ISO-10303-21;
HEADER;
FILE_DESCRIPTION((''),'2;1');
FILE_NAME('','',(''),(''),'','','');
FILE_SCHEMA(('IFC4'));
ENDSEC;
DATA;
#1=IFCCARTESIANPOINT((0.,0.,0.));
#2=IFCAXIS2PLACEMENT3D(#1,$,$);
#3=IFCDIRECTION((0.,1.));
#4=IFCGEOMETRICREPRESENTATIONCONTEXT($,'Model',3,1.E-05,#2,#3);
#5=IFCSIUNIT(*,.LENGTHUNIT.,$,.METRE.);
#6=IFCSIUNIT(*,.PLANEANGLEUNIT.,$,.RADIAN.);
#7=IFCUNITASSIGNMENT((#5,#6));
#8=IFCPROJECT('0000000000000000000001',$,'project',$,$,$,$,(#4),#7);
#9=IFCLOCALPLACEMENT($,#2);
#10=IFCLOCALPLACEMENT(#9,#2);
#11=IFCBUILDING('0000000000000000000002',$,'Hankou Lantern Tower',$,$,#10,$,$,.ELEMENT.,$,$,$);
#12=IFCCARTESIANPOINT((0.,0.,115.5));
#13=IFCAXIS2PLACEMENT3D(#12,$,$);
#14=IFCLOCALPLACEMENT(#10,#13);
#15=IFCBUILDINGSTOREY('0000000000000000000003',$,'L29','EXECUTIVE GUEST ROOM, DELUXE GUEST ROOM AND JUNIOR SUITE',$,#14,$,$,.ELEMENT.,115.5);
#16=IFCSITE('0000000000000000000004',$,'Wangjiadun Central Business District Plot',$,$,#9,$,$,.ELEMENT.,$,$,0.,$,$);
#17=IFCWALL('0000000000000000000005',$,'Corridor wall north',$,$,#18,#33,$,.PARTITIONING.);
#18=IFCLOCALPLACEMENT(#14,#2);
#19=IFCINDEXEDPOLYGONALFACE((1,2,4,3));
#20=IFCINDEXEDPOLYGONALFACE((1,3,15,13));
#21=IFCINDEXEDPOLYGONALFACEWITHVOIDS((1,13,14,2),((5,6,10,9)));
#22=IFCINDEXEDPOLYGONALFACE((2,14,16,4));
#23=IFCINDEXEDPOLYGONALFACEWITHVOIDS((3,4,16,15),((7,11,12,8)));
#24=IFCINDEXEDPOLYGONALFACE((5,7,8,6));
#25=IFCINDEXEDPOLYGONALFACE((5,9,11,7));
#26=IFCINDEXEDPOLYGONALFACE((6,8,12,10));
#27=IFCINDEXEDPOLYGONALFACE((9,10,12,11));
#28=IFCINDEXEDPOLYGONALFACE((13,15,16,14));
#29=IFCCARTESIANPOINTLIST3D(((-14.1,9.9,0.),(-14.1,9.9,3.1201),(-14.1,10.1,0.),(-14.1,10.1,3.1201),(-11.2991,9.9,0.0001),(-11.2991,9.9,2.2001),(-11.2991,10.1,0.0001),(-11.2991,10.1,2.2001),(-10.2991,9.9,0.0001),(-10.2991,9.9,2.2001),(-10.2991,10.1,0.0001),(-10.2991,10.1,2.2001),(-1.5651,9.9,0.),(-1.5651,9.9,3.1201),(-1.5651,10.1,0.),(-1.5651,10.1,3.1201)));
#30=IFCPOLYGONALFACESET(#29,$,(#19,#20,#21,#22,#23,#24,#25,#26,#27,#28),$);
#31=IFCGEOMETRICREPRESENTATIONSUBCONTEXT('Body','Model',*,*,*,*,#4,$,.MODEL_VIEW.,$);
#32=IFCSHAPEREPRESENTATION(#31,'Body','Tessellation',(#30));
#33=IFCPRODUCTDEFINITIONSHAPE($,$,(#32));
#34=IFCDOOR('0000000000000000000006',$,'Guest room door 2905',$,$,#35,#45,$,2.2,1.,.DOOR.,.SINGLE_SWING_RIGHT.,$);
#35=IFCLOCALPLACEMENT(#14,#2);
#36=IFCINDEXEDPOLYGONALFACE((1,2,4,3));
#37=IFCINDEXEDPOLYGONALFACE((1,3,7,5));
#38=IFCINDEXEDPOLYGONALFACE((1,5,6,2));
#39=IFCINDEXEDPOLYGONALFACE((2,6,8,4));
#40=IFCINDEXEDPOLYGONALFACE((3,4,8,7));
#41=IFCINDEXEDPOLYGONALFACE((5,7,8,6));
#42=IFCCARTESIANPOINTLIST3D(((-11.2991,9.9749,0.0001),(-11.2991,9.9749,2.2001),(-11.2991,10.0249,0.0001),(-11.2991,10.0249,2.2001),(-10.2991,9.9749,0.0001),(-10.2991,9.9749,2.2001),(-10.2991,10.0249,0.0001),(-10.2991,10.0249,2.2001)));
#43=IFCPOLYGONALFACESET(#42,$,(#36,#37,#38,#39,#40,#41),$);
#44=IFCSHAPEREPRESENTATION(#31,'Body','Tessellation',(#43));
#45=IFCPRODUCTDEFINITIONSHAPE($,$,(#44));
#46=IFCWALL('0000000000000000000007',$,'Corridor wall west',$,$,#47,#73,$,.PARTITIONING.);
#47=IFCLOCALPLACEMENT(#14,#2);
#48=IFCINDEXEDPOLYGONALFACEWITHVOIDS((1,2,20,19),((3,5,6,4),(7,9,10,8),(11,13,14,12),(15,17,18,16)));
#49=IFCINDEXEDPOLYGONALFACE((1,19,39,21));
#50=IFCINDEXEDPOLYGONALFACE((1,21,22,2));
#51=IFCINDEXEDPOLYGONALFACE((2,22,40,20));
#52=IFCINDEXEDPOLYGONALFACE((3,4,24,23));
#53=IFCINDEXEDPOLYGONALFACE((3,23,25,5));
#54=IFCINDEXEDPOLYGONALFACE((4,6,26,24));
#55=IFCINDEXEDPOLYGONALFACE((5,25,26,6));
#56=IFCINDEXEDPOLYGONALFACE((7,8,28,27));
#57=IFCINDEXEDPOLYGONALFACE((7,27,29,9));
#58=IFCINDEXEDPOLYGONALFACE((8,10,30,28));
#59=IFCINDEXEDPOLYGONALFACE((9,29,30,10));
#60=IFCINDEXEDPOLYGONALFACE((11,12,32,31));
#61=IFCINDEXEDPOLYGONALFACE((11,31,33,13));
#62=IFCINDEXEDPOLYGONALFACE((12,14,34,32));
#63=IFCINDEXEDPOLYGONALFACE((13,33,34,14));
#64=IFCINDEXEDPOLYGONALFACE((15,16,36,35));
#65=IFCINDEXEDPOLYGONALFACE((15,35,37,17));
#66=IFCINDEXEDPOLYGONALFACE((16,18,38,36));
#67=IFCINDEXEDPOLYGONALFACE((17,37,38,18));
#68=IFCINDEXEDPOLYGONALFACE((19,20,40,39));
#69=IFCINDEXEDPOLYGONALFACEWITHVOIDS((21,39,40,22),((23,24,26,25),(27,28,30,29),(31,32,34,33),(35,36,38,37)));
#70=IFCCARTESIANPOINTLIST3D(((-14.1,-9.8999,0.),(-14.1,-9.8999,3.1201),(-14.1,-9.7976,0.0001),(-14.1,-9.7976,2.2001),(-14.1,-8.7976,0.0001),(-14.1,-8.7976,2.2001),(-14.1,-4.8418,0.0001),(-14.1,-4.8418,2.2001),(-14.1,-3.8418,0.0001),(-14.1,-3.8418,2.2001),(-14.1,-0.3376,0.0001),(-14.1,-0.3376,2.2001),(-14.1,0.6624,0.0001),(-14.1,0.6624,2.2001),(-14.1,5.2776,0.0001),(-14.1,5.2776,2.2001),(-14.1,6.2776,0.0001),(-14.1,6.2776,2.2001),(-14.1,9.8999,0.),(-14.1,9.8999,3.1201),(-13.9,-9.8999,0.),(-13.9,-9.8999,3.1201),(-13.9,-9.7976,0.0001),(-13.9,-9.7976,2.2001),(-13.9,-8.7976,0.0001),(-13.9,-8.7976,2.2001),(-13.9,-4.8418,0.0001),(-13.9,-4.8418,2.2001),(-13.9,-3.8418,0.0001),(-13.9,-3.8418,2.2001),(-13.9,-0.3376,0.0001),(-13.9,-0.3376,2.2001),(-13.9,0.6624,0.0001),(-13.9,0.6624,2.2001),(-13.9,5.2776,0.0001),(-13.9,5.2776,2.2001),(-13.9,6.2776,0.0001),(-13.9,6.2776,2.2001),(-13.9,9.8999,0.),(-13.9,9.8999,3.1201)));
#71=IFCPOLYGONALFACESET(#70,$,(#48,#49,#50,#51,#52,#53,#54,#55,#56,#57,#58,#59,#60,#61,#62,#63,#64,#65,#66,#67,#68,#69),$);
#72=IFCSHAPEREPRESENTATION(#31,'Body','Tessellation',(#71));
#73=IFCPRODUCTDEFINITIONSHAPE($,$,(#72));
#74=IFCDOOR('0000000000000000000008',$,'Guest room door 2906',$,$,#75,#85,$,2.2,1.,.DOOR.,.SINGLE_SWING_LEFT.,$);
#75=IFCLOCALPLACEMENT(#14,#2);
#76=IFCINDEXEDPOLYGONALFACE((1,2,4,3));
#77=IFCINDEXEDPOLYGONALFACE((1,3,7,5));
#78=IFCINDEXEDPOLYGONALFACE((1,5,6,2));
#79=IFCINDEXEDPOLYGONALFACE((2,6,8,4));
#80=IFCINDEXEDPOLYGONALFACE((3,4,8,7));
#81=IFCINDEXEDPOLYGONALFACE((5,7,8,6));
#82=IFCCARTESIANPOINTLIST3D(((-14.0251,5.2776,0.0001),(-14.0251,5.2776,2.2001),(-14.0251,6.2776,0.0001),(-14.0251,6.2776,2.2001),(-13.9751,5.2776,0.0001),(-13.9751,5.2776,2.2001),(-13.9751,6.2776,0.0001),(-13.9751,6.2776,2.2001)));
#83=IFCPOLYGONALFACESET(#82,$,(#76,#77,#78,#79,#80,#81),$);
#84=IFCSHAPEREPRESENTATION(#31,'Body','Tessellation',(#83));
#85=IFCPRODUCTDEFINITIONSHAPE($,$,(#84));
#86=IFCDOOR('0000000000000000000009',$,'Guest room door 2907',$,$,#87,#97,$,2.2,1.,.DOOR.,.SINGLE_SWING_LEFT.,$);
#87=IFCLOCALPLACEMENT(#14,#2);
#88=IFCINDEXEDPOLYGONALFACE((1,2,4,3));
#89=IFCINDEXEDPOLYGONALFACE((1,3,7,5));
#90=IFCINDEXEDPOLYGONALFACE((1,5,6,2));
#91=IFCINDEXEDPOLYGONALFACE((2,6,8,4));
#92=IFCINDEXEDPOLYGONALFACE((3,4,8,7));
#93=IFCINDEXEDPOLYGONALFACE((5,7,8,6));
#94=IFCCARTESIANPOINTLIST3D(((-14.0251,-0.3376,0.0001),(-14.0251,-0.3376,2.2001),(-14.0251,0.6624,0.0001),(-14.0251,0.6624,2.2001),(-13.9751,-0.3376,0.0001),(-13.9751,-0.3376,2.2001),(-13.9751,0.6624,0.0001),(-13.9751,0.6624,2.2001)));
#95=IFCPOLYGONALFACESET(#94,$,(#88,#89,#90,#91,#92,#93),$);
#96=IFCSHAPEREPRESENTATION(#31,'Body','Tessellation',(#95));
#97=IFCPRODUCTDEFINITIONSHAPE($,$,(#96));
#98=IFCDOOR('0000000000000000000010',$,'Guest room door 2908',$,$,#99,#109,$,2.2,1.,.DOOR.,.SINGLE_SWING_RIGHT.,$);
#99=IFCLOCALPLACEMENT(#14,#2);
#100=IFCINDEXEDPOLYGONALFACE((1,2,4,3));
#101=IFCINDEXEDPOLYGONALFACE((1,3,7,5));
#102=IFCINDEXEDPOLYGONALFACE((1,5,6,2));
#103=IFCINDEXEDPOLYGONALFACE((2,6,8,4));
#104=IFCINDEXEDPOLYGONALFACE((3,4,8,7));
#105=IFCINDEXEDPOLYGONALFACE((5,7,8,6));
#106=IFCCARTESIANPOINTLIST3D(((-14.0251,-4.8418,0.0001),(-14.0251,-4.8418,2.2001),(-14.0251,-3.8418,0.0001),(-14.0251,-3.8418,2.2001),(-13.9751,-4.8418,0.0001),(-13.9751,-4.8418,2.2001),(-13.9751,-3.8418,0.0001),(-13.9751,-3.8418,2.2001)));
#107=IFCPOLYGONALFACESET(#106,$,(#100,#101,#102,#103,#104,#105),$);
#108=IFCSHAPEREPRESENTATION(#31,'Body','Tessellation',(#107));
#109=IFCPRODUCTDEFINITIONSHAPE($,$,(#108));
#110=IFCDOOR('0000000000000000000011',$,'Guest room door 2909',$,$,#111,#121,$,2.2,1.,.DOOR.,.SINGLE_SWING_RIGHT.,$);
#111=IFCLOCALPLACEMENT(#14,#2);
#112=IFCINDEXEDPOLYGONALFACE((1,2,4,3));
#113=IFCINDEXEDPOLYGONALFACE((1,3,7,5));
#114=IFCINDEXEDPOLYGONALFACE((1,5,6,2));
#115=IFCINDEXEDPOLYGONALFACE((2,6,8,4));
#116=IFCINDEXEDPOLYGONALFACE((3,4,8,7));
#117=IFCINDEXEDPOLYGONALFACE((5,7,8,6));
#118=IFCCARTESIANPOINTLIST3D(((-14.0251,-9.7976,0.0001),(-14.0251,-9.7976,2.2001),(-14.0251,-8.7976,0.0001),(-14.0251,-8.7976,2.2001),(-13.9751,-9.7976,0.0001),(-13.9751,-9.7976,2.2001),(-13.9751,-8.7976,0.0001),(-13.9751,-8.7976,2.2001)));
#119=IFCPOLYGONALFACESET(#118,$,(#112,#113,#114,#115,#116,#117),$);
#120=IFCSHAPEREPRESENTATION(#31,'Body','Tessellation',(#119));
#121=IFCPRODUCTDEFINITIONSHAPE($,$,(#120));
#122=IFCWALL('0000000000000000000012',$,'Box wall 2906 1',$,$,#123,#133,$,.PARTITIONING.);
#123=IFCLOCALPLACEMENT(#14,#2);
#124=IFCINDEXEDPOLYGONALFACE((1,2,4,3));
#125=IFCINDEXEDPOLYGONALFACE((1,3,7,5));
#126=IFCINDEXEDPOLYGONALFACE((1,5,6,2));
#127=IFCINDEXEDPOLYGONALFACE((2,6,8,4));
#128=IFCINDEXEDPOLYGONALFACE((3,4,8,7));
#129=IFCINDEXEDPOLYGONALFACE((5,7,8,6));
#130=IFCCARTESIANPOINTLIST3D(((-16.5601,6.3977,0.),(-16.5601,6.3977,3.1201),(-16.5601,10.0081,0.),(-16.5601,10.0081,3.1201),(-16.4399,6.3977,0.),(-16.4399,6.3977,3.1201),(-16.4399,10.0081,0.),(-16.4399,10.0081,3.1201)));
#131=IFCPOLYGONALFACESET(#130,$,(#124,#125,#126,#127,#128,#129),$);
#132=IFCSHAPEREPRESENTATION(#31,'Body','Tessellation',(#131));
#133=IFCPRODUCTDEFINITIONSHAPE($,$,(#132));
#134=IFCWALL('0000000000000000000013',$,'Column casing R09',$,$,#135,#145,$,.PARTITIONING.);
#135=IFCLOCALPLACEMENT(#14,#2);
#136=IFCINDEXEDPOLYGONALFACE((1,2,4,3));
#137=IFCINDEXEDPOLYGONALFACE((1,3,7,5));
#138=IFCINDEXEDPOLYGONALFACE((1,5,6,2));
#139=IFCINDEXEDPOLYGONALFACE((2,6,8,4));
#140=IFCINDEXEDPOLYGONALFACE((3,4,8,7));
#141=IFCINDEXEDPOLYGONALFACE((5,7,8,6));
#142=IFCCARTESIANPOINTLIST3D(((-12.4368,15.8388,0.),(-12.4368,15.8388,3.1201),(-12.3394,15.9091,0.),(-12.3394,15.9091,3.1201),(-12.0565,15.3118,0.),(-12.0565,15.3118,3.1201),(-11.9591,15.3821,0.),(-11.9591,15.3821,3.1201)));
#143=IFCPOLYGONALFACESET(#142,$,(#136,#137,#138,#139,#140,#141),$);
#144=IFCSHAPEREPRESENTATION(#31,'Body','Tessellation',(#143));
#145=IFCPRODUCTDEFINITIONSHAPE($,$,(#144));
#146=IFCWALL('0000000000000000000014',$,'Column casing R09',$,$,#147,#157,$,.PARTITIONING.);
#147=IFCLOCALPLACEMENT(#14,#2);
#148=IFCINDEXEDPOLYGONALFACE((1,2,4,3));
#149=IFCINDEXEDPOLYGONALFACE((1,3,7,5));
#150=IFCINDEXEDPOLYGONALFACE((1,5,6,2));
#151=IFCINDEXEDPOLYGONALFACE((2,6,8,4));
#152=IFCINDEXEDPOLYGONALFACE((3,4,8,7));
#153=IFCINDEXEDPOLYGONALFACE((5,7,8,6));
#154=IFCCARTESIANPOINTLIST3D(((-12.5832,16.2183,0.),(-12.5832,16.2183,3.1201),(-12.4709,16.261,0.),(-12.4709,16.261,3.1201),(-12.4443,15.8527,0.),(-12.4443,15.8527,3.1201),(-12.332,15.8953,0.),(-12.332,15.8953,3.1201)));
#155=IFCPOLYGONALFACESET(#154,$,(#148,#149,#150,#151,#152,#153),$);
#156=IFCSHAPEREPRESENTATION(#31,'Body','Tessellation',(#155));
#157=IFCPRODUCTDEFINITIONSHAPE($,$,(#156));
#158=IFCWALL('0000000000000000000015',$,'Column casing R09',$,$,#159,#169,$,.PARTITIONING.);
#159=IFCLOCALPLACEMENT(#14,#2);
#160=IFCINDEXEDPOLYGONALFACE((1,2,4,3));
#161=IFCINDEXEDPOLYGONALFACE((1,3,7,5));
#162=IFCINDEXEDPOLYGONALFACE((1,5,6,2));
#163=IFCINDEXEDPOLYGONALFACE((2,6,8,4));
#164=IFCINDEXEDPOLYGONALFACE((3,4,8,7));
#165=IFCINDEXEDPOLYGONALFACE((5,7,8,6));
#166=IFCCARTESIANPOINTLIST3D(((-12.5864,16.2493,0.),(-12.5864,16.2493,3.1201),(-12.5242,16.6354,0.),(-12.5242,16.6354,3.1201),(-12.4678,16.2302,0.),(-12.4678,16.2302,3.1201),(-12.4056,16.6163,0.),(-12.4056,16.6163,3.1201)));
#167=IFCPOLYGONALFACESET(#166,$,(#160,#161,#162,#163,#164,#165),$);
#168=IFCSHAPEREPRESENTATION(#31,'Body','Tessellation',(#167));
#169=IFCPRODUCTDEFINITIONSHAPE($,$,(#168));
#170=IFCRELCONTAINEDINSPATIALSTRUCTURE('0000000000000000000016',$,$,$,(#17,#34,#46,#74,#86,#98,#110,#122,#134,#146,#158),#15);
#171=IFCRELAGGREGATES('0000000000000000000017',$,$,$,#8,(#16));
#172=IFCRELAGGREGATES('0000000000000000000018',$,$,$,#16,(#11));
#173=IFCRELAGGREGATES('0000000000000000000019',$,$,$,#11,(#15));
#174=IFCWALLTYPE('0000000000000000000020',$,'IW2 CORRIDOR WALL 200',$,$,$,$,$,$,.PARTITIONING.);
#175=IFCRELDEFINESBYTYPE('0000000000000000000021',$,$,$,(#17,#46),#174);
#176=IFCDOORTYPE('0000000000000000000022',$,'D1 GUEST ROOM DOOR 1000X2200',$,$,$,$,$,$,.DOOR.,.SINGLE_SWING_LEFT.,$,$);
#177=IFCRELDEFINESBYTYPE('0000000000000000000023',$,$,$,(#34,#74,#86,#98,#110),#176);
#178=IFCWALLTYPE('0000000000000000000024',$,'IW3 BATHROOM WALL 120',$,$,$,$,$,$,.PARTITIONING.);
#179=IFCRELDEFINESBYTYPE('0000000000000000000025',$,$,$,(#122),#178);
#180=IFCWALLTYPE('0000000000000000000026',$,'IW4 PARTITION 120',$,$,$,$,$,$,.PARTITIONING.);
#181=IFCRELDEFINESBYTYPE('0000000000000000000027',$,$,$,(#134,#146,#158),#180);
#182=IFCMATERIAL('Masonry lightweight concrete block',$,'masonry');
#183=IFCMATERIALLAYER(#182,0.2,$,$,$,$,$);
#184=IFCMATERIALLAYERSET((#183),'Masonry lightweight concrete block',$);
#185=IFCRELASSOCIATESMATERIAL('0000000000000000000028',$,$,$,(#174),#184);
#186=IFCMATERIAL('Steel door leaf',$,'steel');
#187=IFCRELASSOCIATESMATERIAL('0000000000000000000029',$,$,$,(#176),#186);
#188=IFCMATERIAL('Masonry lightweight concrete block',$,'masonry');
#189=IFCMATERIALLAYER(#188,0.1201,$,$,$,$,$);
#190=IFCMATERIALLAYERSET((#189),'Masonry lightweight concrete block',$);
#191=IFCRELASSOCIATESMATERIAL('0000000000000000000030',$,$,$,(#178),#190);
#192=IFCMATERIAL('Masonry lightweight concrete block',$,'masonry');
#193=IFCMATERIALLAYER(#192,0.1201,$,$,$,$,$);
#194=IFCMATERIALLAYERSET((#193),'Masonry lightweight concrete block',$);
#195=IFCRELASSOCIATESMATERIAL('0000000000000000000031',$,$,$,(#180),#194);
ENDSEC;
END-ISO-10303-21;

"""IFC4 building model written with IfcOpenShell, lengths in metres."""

from ifc_helpers import new_model, si_unit, direction, frame, frame_2d, origin, place, context, subcontext, project, spatial, rectangle, extrude, material, layer, layer_set, type_object, element, fill, save


model = new_model("IFC4")

# Units and contexts
model_context = context("Model", 3, precision=1e-05, world=origin(), true_north=direction((0.0, 1.0)))
body_context = subcontext(model_context, "Body", "Model", "MODEL_VIEW")
ifc_project = project(units=[si_unit("LENGTHUNIT", "METRE"), si_unit("PLANEANGLEUNIT", "RADIAN")], contexts=[model_context])

# Site, building, storey
site_placement = place(None, origin())
site = spatial("IfcSite", under=ifc_project, at=site_placement, Name="Wangjiadun Central Business District Plot", CompositionType="ELEMENT", RefElevation=0.0)
building_placement = place(site_placement, origin())
building = spatial("IfcBuilding", under=site, at=building_placement, Name="Hankou Lantern Tower", CompositionType="ELEMENT")
storey_placement = place(building_placement, frame((0.0, 0.0, 115.5)))
storey = spatial("IfcBuildingStorey", under=building, at=storey_placement, Name="L29", Description="EXECUTIVE GUEST ROOM, DELUXE GUEST ROOM AND JUNIOR SUITE", CompositionType="ELEMENT", Elevation=115.5)

# Wall, opening, door
ifc_material_1 = material(Name="Masonry lightweight concrete block", Category="masonry")
ifc_layer_1 = layer(ifc_material_1, 0.2)
ifc_layer_set_1 = layer_set([ifc_layer_1], Name="Masonry lightweight concrete block")
wall_type_1 = type_object("IfcWallType", Name="IW2 CORRIDOR WALL 200", PredefinedType="PARTITIONING", material=ifc_layer_set_1)
wall_1_placement = place(storey_placement, frame((-14.1001, 10.0, 0.0), z_axis=(0.0, 0.0, 1.0), x_axis=(1.0, 0.0, 0.0)))
wall_1 = element("IfcWall", 1, at=wall_1_placement, inside=storey, type_object=wall_type_1, Name="Corridor wall north", PredefinedType="PARTITIONING", context=body_context, shape_type="SweptSolid", body=[
    extrude(rectangle(XDim=12.5349, YDim=0.2, at=frame_2d((6.2676, 0.0))), origin(), (0.0, 0.0, 1.0), 3.1201),
])
opening_1_placement = place(wall_1_placement, frame((2.801, 0.0, 0.0)))
opening_1 = element("IfcOpeningElement", 2, at=opening_1_placement, cuts=wall_1, PredefinedType="OPENING", context=body_context, shape_type="SweptSolid", body=[
    extrude(rectangle(XDim=1.0, YDim=2.2, at=frame_2d((0.5, 1.1001))), frame((0.0, 0.1099, 0.0), z_axis=(0.0, -1.0, 0.0), x_axis=(1.0, 0.0, 0.0)), (0.0, 0.0, 1.0), 0.22),
])
ifc_material_2 = material(Name="Steel door leaf", Category="steel")
door_type = type_object("IfcDoorType", Name="D1 GUEST ROOM DOOR 1000X2200", OperationType="SINGLE_SWING_LEFT", PredefinedType="DOOR", material=ifc_material_2)
door_1_placement = place(opening_1_placement, origin())
door_1 = element("IfcDoor", 3, at=door_1_placement, inside=storey, type_object=door_type, Name="Guest room door 2905", OperationType="SINGLE_SWING_RIGHT", OverallHeight=2.2, OverallWidth=1.0, PredefinedType="DOOR", context=body_context, shape_type="SweptSolid", body=[
    extrude(rectangle(XDim=1.0, YDim=2.2, at=frame_2d((0.5, 1.1001))), frame((0.0, 0.0249, 0.0), z_axis=(0.0, -1.0, 0.0), x_axis=(1.0, 0.0, 0.0)), (0.0, 0.0, 1.0), 0.05),
])
fill(opening_1, door_1)

# Wall, openings, doors
wall_2_placement = place(storey_placement, frame((-14.0, 9.8999, 0.0), z_axis=(0.0, 0.0, 1.0), x_axis=(0.0, -1.0, 0.0)))
wall_2 = element("IfcWall", 4, at=wall_2_placement, inside=storey, type_object=wall_type_1, Name="Corridor wall west", PredefinedType="PARTITIONING", context=body_context, shape_type="SweptSolid", body=[
    extrude(rectangle(XDim=19.7998, YDim=0.2, at=frame_2d((9.8999, 0.0))), origin(), (0.0, 0.0, 1.0), 3.1201),
])
opening_2_placement = place(wall_2_placement, frame((3.6223, 0.0, 0.0)))
opening_2 = element("IfcOpeningElement", 5, at=opening_2_placement, cuts=wall_2, PredefinedType="OPENING", context=body_context, shape_type="SweptSolid", body=[
    extrude(rectangle(XDim=1.0, YDim=2.2, at=frame_2d((0.5, 1.1001))), frame((0.0, 0.1099, 0.0), z_axis=(0.0, -1.0, 0.0), x_axis=(1.0, 0.0, 0.0)), (0.0, 0.0, 1.0), 0.22),
])
opening_3_placement = place(wall_2_placement, frame((9.2375, 0.0, 0.0)))
opening_3 = element("IfcOpeningElement", 6, at=opening_3_placement, cuts=wall_2, PredefinedType="OPENING", context=body_context, shape_type="SweptSolid", body=[
    extrude(rectangle(XDim=1.0, YDim=2.2, at=frame_2d((0.5, 1.1001))), frame((0.0, 0.1099, 0.0), z_axis=(0.0, -1.0, 0.0), x_axis=(1.0, 0.0, 0.0)), (0.0, 0.0, 1.0), 0.22),
])
opening_4_placement = place(wall_2_placement, frame((13.7417, 0.0, 0.0)))
opening_4 = element("IfcOpeningElement", 7, at=opening_4_placement, cuts=wall_2, PredefinedType="OPENING", context=body_context, shape_type="SweptSolid", body=[
    extrude(rectangle(XDim=1.0, YDim=2.2, at=frame_2d((0.5, 1.1001))), frame((0.0, 0.1099, 0.0), z_axis=(0.0, -1.0, 0.0), x_axis=(1.0, 0.0, 0.0)), (0.0, 0.0, 1.0), 0.22),
])
opening_5_placement = place(wall_2_placement, frame((18.6975, 0.0, 0.0)))
opening_5 = element("IfcOpeningElement", 8, at=opening_5_placement, cuts=wall_2, PredefinedType="OPENING", context=body_context, shape_type="SweptSolid", body=[
    extrude(rectangle(XDim=1.0, YDim=2.2, at=frame_2d((0.5, 1.1001))), frame((0.0, 0.1099, 0.0), z_axis=(0.0, -1.0, 0.0), x_axis=(1.0, 0.0, 0.0)), (0.0, 0.0, 1.0), 0.22),
])
door_2_placement = place(opening_2_placement, origin())
door_2 = element("IfcDoor", 9, at=door_2_placement, inside=storey, type_object=door_type, Name="Guest room door 2906", OperationType="SINGLE_SWING_LEFT", OverallHeight=2.2, OverallWidth=1.0, PredefinedType="DOOR", context=body_context, shape_type="SweptSolid", body=[
    extrude(rectangle(XDim=1.0, YDim=2.2, at=frame_2d((0.5, 1.1001))), frame((0.0, 0.0249, 0.0), z_axis=(0.0, -1.0, 0.0), x_axis=(1.0, 0.0, 0.0)), (0.0, 0.0, 1.0), 0.05),
])
fill(opening_2, door_2)
door_3_placement = place(opening_3_placement, origin())
door_3 = element("IfcDoor", 10, at=door_3_placement, inside=storey, type_object=door_type, Name="Guest room door 2907", OperationType="SINGLE_SWING_LEFT", OverallHeight=2.2, OverallWidth=1.0, PredefinedType="DOOR", context=body_context, shape_type="SweptSolid", body=[
    extrude(rectangle(XDim=1.0, YDim=2.2, at=frame_2d((0.5, 1.1001))), frame((0.0, 0.0249, 0.0), z_axis=(0.0, -1.0, 0.0), x_axis=(1.0, 0.0, 0.0)), (0.0, 0.0, 1.0), 0.05),
])
fill(opening_3, door_3)
door_4_placement = place(opening_4_placement, origin())
door_4 = element("IfcDoor", 11, at=door_4_placement, inside=storey, type_object=door_type, Name="Guest room door 2908", OperationType="SINGLE_SWING_RIGHT", OverallHeight=2.2, OverallWidth=1.0, PredefinedType="DOOR", context=body_context, shape_type="SweptSolid", body=[
    extrude(rectangle(XDim=1.0, YDim=2.2, at=frame_2d((0.5, 1.1001))), frame((0.0, 0.0249, 0.0), z_axis=(0.0, -1.0, 0.0), x_axis=(1.0, 0.0, 0.0)), (0.0, 0.0, 1.0), 0.05),
])
fill(opening_4, door_4)
door_5_placement = place(opening_5_placement, origin())
door_5 = element("IfcDoor", 12, at=door_5_placement, inside=storey, type_object=door_type, Name="Guest room door 2909", OperationType="SINGLE_SWING_RIGHT", OverallHeight=2.2, OverallWidth=1.0, PredefinedType="DOOR", context=body_context, shape_type="SweptSolid", body=[
    extrude(rectangle(XDim=1.0, YDim=2.2, at=frame_2d((0.5, 1.1001))), frame((0.0, 0.0249, 0.0), z_axis=(0.0, -1.0, 0.0), x_axis=(1.0, 0.0, 0.0)), (0.0, 0.0, 1.0), 0.05),
])
fill(opening_5, door_5)

# Walls
ifc_material_3 = material(Name="Masonry lightweight concrete block", Category="masonry")
ifc_layer_2 = layer(ifc_material_3, 0.1201)
ifc_layer_set_2 = layer_set([ifc_layer_2], Name="Masonry lightweight concrete block")
wall_type_2 = type_object("IfcWallType", Name="IW3 BATHROOM WALL 120", PredefinedType="PARTITIONING", material=ifc_layer_set_2)
wall_3_placement = place(storey_placement, frame((-16.5, 10.0081, 0.0), z_axis=(0.0, 0.0, 1.0), x_axis=(0.0, -1.0, 0.0)))
element("IfcWall", 13, at=wall_3_placement, inside=storey, type_object=wall_type_2, Name="Box wall 2906 1", PredefinedType="PARTITIONING", context=body_context, shape_type="SweptSolid", body=[
    extrude(rectangle(XDim=3.6104, YDim=0.1201, at=frame_2d((1.8052, 0.0))), origin(), (0.0, 0.0, 1.0), 3.1201),
])
ifc_material_4 = material(Name="Masonry lightweight concrete block", Category="masonry")
ifc_layer_3 = layer(ifc_material_4, 0.1201)
ifc_layer_set_3 = layer_set([ifc_layer_3], Name="Masonry lightweight concrete block")
wall_type_3 = type_object("IfcWallType", Name="IW4 PARTITION 120", PredefinedType="PARTITIONING", material=ifc_layer_set_3)
wall_4_placement = place(storey_placement, frame((-12.0078, 15.3469, 0.0), z_axis=(0.0, 0.0, 1.0), x_axis=(-0.585175, 0.810907, 0.0)))
element("IfcWall", 14, at=wall_4_placement, inside=storey, type_object=wall_type_3, Name="Column casing R09", PredefinedType="PARTITIONING", context=body_context, shape_type="SweptSolid", body=[
    extrude(rectangle(XDim=0.6499, YDim=0.1201, at=frame_2d((0.325, 0.0))), origin(), (0.0, 0.0, 1.0), 3.1201),
])
for number, where, z_axis, x_axis, name in (
    (15, (-12.3882, 15.874, 0.0), (0.0, 0.0, 1.0), (-0.355087, 0.934833, 0.0), "Column casing R09"),
    (16, (-12.5271, 16.2397, 0.0), (0.0, 0.0, 1.0), (0.159134, 0.987257, 0.0), "Column casing R09"),
):
    element("IfcWall", number, at=place(storey_placement, frame(where, z_axis=z_axis, x_axis=x_axis)), inside=storey, type_object=wall_type_3, Name=name, PredefinedType="PARTITIONING", context=body_context, shape_type="SweptSolid", body=[
        extrude(rectangle(XDim=0.3911, YDim=0.1201, at=frame_2d((0.1956, 0.0))), origin(), (0.0, 0.0, 1.0), 3.1201),
    ])

save(model, "model.ifc")
